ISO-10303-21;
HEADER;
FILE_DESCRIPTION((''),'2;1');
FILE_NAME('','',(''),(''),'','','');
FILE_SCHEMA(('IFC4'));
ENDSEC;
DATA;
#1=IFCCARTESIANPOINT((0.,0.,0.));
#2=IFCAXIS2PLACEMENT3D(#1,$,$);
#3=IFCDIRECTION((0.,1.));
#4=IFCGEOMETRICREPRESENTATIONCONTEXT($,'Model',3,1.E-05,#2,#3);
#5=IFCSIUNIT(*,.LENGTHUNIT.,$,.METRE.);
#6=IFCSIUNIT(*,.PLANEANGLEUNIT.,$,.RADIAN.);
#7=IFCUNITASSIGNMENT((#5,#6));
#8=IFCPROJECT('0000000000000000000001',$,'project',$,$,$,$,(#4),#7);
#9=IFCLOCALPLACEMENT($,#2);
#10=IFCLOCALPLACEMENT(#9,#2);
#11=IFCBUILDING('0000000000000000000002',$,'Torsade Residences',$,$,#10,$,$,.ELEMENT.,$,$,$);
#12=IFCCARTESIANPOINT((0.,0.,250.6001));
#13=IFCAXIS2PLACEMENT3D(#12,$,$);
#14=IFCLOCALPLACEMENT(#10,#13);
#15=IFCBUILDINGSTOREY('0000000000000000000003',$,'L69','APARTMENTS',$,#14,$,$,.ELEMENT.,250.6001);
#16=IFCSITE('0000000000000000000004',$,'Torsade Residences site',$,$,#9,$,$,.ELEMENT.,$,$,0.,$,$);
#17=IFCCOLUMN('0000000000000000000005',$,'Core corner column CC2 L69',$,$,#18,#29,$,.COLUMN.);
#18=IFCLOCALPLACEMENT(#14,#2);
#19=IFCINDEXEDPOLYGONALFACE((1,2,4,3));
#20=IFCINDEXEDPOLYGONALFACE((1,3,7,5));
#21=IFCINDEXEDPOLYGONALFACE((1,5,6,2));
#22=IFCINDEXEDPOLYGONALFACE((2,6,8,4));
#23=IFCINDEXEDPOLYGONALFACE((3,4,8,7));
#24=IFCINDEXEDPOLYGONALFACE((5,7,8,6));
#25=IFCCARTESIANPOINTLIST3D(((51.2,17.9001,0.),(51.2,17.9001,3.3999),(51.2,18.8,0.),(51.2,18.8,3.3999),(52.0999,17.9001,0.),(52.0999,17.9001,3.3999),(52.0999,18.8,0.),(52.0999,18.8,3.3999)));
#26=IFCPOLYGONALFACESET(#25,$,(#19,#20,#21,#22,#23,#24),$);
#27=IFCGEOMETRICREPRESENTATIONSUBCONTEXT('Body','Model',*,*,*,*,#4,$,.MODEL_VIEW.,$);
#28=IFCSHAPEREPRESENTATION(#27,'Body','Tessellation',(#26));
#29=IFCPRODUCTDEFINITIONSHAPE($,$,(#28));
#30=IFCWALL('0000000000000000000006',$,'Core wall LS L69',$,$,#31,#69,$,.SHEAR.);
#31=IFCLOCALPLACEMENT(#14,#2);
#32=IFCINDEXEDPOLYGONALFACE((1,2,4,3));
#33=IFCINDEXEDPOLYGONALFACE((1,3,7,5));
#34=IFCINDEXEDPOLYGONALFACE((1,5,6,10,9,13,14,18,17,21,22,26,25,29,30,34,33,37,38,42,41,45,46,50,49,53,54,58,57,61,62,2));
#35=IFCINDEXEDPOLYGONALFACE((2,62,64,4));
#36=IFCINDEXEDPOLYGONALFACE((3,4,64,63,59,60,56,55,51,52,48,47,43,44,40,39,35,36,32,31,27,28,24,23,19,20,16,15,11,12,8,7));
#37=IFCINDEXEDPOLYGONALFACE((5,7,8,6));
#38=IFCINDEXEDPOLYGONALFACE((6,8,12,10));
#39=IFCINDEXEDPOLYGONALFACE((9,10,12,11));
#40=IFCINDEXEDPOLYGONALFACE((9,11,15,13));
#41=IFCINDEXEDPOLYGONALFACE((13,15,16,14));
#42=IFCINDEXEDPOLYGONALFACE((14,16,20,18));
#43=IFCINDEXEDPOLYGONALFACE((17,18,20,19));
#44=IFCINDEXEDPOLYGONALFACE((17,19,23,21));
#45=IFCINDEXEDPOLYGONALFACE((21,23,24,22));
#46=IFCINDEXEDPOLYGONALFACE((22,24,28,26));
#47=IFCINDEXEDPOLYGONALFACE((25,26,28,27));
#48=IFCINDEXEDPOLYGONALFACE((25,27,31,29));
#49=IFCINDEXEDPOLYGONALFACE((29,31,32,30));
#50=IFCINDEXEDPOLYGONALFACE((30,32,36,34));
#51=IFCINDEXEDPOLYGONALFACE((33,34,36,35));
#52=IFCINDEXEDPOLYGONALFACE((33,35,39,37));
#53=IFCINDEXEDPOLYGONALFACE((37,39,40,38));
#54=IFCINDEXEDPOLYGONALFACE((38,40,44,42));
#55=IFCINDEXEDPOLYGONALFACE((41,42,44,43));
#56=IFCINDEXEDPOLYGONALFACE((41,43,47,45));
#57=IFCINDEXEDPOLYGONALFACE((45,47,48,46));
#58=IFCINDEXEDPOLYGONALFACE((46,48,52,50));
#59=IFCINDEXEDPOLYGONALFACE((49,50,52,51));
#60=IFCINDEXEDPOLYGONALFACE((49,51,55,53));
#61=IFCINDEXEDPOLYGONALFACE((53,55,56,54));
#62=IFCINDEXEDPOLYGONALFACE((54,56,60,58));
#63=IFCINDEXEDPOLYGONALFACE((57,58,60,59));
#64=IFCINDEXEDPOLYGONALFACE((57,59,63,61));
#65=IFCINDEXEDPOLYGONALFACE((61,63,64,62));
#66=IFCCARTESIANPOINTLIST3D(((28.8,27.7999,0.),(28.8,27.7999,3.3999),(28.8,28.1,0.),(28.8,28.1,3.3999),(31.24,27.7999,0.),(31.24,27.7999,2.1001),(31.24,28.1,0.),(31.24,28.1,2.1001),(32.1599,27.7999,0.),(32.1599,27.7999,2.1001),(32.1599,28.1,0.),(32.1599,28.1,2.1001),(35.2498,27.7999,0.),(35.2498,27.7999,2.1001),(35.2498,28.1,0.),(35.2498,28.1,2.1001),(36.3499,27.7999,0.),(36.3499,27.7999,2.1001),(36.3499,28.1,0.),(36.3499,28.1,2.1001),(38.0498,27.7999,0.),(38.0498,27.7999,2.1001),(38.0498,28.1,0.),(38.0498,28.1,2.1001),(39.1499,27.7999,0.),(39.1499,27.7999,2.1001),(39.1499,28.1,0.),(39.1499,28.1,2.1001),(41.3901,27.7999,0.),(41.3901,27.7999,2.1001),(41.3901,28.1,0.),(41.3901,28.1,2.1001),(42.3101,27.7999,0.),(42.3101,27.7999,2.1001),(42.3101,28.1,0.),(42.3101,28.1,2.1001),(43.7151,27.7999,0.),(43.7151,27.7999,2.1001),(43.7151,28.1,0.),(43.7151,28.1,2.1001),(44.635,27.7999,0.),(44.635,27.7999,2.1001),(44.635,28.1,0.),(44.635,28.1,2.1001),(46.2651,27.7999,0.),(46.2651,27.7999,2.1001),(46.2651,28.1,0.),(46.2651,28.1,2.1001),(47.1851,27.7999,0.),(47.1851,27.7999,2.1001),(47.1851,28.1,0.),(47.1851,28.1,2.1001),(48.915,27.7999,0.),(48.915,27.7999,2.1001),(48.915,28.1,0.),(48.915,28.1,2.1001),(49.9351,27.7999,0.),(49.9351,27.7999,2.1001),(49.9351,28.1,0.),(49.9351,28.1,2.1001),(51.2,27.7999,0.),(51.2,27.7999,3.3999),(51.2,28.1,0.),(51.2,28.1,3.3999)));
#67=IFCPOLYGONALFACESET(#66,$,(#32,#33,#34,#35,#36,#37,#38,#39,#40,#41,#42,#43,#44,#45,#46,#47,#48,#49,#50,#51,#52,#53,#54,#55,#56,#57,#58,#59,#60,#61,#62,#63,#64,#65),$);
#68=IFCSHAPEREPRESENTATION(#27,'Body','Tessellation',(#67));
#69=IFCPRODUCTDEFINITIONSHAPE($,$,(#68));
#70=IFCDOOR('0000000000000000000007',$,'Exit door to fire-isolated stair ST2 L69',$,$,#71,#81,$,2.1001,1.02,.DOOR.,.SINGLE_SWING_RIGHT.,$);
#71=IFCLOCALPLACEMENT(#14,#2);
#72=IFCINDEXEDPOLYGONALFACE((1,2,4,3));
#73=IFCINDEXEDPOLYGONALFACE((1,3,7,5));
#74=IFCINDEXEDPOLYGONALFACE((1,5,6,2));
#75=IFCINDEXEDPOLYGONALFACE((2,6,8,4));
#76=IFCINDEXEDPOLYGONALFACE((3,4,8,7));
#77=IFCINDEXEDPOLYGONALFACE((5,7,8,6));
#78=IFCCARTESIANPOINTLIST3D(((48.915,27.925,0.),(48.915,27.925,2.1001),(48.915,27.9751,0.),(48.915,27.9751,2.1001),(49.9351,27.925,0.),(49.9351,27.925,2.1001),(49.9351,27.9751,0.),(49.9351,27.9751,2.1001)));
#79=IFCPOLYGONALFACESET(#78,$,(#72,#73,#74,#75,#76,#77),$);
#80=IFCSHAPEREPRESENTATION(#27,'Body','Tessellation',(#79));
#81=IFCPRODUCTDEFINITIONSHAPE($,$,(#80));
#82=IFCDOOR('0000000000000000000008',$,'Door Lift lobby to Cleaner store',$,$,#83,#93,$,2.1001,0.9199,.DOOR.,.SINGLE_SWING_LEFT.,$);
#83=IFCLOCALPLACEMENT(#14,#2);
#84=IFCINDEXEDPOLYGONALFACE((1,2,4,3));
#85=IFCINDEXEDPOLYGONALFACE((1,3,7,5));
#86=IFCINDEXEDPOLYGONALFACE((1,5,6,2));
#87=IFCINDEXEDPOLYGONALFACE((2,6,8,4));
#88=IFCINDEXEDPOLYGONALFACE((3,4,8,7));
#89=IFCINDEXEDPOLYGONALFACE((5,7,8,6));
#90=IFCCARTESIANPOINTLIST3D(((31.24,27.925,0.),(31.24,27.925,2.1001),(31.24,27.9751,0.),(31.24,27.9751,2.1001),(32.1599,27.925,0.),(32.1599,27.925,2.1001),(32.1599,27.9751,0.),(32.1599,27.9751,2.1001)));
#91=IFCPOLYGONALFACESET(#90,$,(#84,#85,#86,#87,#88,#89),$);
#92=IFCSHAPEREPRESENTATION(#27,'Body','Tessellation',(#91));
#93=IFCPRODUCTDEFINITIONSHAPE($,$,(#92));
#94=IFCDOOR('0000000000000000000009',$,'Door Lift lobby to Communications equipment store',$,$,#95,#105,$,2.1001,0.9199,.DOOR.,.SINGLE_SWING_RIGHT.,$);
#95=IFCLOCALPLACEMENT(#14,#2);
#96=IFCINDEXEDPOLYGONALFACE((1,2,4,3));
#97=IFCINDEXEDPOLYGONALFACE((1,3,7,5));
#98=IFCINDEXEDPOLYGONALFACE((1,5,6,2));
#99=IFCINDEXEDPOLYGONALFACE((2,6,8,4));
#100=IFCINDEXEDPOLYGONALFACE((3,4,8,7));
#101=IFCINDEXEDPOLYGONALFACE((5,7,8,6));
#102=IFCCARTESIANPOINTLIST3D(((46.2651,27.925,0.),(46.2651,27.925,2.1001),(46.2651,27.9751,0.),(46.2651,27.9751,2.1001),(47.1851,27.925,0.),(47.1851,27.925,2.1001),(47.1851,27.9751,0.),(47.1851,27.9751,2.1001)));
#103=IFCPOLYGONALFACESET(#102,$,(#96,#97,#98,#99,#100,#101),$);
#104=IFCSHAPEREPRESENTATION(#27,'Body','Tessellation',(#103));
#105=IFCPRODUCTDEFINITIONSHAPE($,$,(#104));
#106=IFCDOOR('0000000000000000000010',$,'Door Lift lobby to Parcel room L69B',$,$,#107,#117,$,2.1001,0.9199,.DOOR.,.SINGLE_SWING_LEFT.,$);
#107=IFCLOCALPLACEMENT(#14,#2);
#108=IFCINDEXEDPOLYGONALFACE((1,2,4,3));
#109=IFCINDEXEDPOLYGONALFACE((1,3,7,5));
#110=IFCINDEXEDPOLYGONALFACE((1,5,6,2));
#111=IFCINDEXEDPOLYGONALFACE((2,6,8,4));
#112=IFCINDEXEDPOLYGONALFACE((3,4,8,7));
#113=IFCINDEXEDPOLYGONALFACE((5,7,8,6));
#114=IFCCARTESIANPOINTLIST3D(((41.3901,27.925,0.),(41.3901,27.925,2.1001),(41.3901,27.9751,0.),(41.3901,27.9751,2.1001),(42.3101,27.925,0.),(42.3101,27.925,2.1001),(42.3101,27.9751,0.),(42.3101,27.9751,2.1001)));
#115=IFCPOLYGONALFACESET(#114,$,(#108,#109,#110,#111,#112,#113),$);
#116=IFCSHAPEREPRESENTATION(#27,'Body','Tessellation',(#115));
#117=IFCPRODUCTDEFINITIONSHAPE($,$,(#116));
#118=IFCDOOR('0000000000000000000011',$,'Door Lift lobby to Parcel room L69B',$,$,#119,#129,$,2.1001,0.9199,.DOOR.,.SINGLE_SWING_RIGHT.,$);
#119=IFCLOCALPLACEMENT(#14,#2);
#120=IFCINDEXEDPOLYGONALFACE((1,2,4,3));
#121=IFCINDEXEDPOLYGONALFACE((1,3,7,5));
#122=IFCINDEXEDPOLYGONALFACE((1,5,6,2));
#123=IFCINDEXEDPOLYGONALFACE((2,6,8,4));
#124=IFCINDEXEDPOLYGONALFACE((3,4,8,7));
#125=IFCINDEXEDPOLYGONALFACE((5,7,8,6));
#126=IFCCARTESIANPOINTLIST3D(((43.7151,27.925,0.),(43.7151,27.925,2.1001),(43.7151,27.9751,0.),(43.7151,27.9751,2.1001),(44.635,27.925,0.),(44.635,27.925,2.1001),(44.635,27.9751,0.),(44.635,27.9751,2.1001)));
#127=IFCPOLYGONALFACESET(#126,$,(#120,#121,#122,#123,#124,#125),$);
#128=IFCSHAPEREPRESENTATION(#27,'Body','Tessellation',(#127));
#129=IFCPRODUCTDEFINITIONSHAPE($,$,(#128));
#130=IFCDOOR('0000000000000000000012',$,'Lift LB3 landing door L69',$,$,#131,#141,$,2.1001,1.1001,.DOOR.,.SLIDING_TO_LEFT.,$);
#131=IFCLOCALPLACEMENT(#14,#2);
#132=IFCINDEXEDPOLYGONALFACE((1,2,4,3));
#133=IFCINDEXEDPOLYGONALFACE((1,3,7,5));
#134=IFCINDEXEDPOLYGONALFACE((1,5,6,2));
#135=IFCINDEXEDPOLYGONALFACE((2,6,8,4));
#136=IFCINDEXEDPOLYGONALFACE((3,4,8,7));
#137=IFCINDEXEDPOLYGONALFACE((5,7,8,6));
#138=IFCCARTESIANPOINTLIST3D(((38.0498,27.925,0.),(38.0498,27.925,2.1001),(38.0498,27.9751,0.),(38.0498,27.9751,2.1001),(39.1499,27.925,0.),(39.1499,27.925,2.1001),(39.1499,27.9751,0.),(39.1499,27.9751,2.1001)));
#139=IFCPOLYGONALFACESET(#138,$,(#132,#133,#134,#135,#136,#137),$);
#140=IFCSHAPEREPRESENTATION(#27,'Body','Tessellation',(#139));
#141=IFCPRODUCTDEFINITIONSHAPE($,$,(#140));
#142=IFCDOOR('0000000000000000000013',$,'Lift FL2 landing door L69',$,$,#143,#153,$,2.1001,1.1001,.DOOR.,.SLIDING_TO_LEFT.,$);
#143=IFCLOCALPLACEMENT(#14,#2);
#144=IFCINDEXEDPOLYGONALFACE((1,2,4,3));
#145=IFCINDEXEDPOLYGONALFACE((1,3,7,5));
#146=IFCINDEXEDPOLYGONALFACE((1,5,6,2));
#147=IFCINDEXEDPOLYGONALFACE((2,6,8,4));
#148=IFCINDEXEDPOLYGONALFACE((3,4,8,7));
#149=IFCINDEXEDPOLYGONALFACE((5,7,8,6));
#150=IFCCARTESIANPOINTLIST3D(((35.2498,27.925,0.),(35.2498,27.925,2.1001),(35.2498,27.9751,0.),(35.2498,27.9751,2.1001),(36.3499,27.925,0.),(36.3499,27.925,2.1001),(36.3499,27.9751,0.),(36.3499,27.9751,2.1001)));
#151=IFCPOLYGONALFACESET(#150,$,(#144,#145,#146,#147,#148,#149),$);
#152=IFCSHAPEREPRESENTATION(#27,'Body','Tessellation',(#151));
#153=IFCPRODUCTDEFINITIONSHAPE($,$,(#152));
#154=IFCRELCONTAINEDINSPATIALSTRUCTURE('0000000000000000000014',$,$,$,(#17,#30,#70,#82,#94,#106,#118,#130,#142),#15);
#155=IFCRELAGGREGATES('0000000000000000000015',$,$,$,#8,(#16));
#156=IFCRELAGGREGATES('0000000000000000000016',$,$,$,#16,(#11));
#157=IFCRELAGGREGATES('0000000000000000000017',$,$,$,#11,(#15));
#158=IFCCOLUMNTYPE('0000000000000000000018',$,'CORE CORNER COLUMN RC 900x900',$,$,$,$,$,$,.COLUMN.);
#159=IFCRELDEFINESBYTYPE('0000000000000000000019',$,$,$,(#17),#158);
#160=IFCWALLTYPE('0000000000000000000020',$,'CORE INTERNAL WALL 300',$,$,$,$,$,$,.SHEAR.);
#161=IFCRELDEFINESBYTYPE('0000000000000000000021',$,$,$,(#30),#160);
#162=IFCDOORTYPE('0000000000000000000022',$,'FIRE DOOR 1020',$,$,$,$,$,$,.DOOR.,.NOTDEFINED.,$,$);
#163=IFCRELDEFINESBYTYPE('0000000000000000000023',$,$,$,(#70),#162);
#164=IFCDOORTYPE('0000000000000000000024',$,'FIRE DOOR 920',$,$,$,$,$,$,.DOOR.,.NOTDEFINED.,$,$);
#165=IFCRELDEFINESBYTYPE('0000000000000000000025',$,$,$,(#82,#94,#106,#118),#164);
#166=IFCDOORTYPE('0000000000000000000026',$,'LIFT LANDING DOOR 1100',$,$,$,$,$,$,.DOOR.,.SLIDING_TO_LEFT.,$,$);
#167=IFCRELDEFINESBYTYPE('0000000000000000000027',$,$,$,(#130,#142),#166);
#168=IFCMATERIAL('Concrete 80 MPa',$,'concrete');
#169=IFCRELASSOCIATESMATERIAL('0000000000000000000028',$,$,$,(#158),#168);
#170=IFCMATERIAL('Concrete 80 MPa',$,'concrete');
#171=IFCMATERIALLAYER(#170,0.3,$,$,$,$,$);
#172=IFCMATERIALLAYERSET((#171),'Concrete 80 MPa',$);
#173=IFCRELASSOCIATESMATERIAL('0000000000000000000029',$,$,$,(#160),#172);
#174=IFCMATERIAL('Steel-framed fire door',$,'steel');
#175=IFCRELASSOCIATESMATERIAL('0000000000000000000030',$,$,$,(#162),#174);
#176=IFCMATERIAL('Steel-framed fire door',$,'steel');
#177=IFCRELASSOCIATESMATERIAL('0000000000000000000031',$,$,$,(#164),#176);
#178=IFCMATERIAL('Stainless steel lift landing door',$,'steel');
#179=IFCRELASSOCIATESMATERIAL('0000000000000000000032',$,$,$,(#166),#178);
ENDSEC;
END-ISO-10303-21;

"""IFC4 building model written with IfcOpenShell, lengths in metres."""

from ifc_helpers import new_model, si_unit, direction, frame, frame_2d, origin, origin_2d, place, context, subcontext, project, spatial, rectangle, extrude, material, layer, layer_set, material_profile, profile_set, type_object, element, fill, save


model = new_model("IFC4")

# Units and contexts
model_context = context("Model", 3, precision=1e-05, world=origin(), true_north=direction((0.0, 1.0)))
body_context = subcontext(model_context, "Body", "Model", "MODEL_VIEW")
ifc_project = project(units=[si_unit("LENGTHUNIT", "METRE"), si_unit("PLANEANGLEUNIT", "RADIAN")], contexts=[model_context])

# Site, building, storey
site_placement = place(None, origin())
site = spatial("IfcSite", under=ifc_project, at=site_placement, Name="Torsade Residences site", CompositionType="ELEMENT", RefElevation=0.0)
building_placement = place(site_placement, origin())
building = spatial("IfcBuilding", under=site, at=building_placement, Name="Torsade Residences", CompositionType="ELEMENT")
storey_placement = place(building_placement, frame((0.0, 0.0, 250.6001)))
storey = spatial("IfcBuildingStorey", under=building, at=storey_placement, Name="L69", Description="APARTMENTS", CompositionType="ELEMENT", Elevation=250.6001)

# Column
ifc_material_1 = material(Name="Concrete 80 MPa", Category="concrete")
ifc_material_profile = material_profile(ifc_material_1, rectangle(XDim=0.8999, YDim=0.8999, at=origin_2d()), Name="RC 900x900")
ifc_profile_set = profile_set([ifc_material_profile], Name="Concrete 80 MPa")
column_type = type_object("IfcColumnType", Name="CORE CORNER COLUMN RC 900x900", PredefinedType="COLUMN", material=ifc_profile_set)
column_placement = place(storey_placement, frame((51.6499, 18.3501, 0.0), z_axis=(0.0, 0.0, 1.0), x_axis=(1.0, 0.0, 0.0)))
element("IfcColumn", 1, at=column_placement, inside=storey, type_object=column_type, Name="Core corner column CC2 L69", PredefinedType="COLUMN", context=body_context, shape_type="SweptSolid", body=[
    extrude(rectangle(XDim=0.8999, YDim=0.8999, at=origin_2d()), origin(), (0.0, 0.0, 1.0), 3.3999),
])

# Wall, openings, doors
ifc_material_2 = material(Name="Concrete 80 MPa", Category="concrete")
ifc_layer_1 = layer(ifc_material_2, 0.3)
ifc_layer_set_1 = layer_set([ifc_layer_1], Name="Concrete 80 MPa")
wall_type_1 = type_object("IfcWallType", Name="CORE INTERNAL WALL 300", PredefinedType="SHEAR", material=ifc_layer_set_1)
wall_1_placement = place(storey_placement, frame((51.2, 27.95, 0.0), z_axis=(0.0, 0.0, 1.0), x_axis=(-1.0, 0.0, 0.0)))
wall_1 = element("IfcWall", 2, at=wall_1_placement, inside=storey, type_object=wall_type_1, Name="Core wall LS L69", PredefinedType="SHEAR", context=body_context, shape_type="SweptSolid", body=[
    extrude(rectangle(XDim=22.3999, YDim=0.3, at=frame_2d((11.2, 0.0))), origin(), (0.0, 0.0, 1.0), 3.3999),
])
opening_1_placement = place(wall_1_placement, frame((19.04, 0.0, 0.0)))
opening_1 = element("IfcOpeningElement", 3, at=opening_1_placement, cuts=wall_1, PredefinedType="OPENING", context=body_context, shape_type="SweptSolid", body=[
    extrude(rectangle(XDim=0.9199, YDim=2.1001, at=frame_2d((0.46, 1.05))), frame((0.0, 0.1599, 0.0), z_axis=(0.0, -1.0, 0.0), x_axis=(1.0, 0.0, 0.0)), (0.0, 0.0, 1.0), 0.3201),
])
opening_2_placement = place(wall_1_placement, frame((1.2649, 0.0, 0.0)))
opening_2 = element("IfcOpeningElement", 4, at=opening_2_placement, cuts=wall_1, PredefinedType="OPENING", context=body_context, shape_type="SweptSolid", body=[
    extrude(rectangle(XDim=1.02, YDim=2.1001, at=frame_2d((0.51, 1.05))), frame((0.0, 0.1599, 0.0), z_axis=(0.0, -1.0, 0.0), x_axis=(1.0, 0.0, 0.0)), (0.0, 0.0, 1.0), 0.3201),
])
opening_3_placement = place(wall_1_placement, frame((4.0149, 0.0, 0.0)))
opening_3 = element("IfcOpeningElement", 5, at=opening_3_placement, cuts=wall_1, PredefinedType="OPENING", context=body_context, shape_type="SweptSolid", body=[
    extrude(rectangle(XDim=0.9199, YDim=2.1001, at=frame_2d((0.46, 1.05))), frame((0.0, 0.1599, 0.0), z_axis=(0.0, -1.0, 0.0), x_axis=(1.0, 0.0, 0.0)), (0.0, 0.0, 1.0), 0.3201),
])
opening_4_placement = place(wall_1_placement, frame((8.8899, 0.0, 0.0)))
opening_4 = element("IfcOpeningElement", 6, at=opening_4_placement, cuts=wall_1, PredefinedType="OPENING", context=body_context, shape_type="SweptSolid", body=[
    extrude(rectangle(XDim=0.9199, YDim=2.1001, at=frame_2d((0.46, 1.05))), frame((0.0, 0.1599, 0.0), z_axis=(0.0, -1.0, 0.0), x_axis=(1.0, 0.0, 0.0)), (0.0, 0.0, 1.0), 0.3201),
])
opening_5_placement = place(wall_1_placement, frame((6.5649, 0.0, 0.0)))
opening_5 = element("IfcOpeningElement", 7, at=opening_5_placement, cuts=wall_1, PredefinedType="OPENING", context=body_context, shape_type="SweptSolid", body=[
    extrude(rectangle(XDim=0.9199, YDim=2.1001, at=frame_2d((0.46, 1.05))), frame((0.0, 0.1599, 0.0), z_axis=(0.0, -1.0, 0.0), x_axis=(1.0, 0.0, 0.0)), (0.0, 0.0, 1.0), 0.3201),
])
opening_6_placement = place(wall_1_placement, frame((12.05, 0.0, 0.0)))
opening_6 = element("IfcOpeningElement", 8, at=opening_6_placement, cuts=wall_1, PredefinedType="OPENING", context=body_context, shape_type="SweptSolid", body=[
    extrude(rectangle(XDim=1.1001, YDim=2.1001, at=frame_2d((0.55, 1.05))), frame((0.0, 0.1599, 0.0), z_axis=(0.0, -1.0, 0.0), x_axis=(1.0, 0.0, 0.0)), (0.0, 0.0, 1.0), 0.3201),
])
opening_7_placement = place(wall_1_placement, frame((14.8501, 0.0, 0.0)))
opening_7 = element("IfcOpeningElement", 9, at=opening_7_placement, cuts=wall_1, PredefinedType="OPENING", context=body_context, shape_type="SweptSolid", body=[
    extrude(rectangle(XDim=1.1001, YDim=2.1001, at=frame_2d((0.55, 1.05))), frame((0.0, 0.1599, 0.0), z_axis=(0.0, -1.0, 0.0), x_axis=(1.0, 0.0, 0.0)), (0.0, 0.0, 1.0), 0.3201),
])
ifc_material_3 = material(Name="Steel-framed fire door", Category="steel")
door_type_1 = type_object("IfcDoorType", Name="FIRE DOOR 1020", OperationType="NOTDEFINED", PredefinedType="DOOR", material=ifc_material_3)
door_1_placement = place(opening_2_placement, origin())
door_1 = element("IfcDoor", 10, at=door_1_placement, inside=storey, type_object=door_type_1, Name="Exit door to fire-isolated stair ST2 L69", OperationType="SINGLE_SWING_RIGHT", OverallHeight=2.1001, OverallWidth=1.02, PredefinedType="DOOR", context=body_context, shape_type="SweptSolid", body=[
    extrude(rectangle(XDim=1.02, YDim=2.1001, at=frame_2d((0.51, 1.05))), frame((0.0, 0.0249, 0.0), z_axis=(0.0, -1.0, 0.0), x_axis=(1.0, 0.0, 0.0)), (0.0, 0.0, 1.0), 0.05),
])
fill(opening_2, door_1)
ifc_material_4 = material(Name="Steel-framed fire door", Category="steel")
door_type_2 = type_object("IfcDoorType", Name="FIRE DOOR 920", OperationType="NOTDEFINED", PredefinedType="DOOR", material=ifc_material_4)
door_2_placement = place(opening_1_placement, origin())
door_2 = element("IfcDoor", 11, at=door_2_placement, inside=storey, type_object=door_type_2, Name="Door Lift lobby to Cleaner store", OperationType="SINGLE_SWING_LEFT", OverallHeight=2.1001, OverallWidth=0.9199, PredefinedType="DOOR", context=body_context, shape_type="SweptSolid", body=[
    extrude(rectangle(XDim=0.9199, YDim=2.1001, at=frame_2d((0.46, 1.05))), frame((0.0, 0.0249, 0.0), z_axis=(0.0, -1.0, 0.0), x_axis=(1.0, 0.0, 0.0)), (0.0, 0.0, 1.0), 0.05),
])
fill(opening_1, door_2)
door_3_placement = place(opening_3_placement, origin())
door_3 = element("IfcDoor", 12, at=door_3_placement, inside=storey, type_object=door_type_2, Name="Door Lift lobby to Communications equipment store", OperationType="SINGLE_SWING_RIGHT", OverallHeight=2.1001, OverallWidth=0.9199, PredefinedType="DOOR", context=body_context, shape_type="SweptSolid", body=[
    extrude(rectangle(XDim=0.9199, YDim=2.1001, at=frame_2d((0.46, 1.05))), frame((0.0, 0.0249, 0.0), z_axis=(0.0, -1.0, 0.0), x_axis=(1.0, 0.0, 0.0)), (0.0, 0.0, 1.0), 0.05),
])
fill(opening_3, door_3)
door_4_placement = place(opening_4_placement, origin())
door_4 = element("IfcDoor", 13, at=door_4_placement, inside=storey, type_object=door_type_2, Name="Door Lift lobby to Parcel room L69B", OperationType="SINGLE_SWING_LEFT", OverallHeight=2.1001, OverallWidth=0.9199, PredefinedType="DOOR", context=body_context, shape_type="SweptSolid", body=[
    extrude(rectangle(XDim=0.9199, YDim=2.1001, at=frame_2d((0.46, 1.05))), frame((0.0, 0.0249, 0.0), z_axis=(0.0, -1.0, 0.0), x_axis=(1.0, 0.0, 0.0)), (0.0, 0.0, 1.0), 0.05),
])
fill(opening_4, door_4)
door_5_placement = place(opening_5_placement, origin())
door_5 = element("IfcDoor", 14, at=door_5_placement, inside=storey, type_object=door_type_2, Name="Door Lift lobby to Parcel room L69B", OperationType="SINGLE_SWING_RIGHT", OverallHeight=2.1001, OverallWidth=0.9199, PredefinedType="DOOR", context=body_context, shape_type="SweptSolid", body=[
    extrude(rectangle(XDim=0.9199, YDim=2.1001, at=frame_2d((0.46, 1.05))), frame((0.0, 0.0249, 0.0), z_axis=(0.0, -1.0, 0.0), x_axis=(1.0, 0.0, 0.0)), (0.0, 0.0, 1.0), 0.05),
])
fill(opening_5, door_5)
ifc_material_5 = material(Name="Stainless steel lift landing door", Category="steel")
door_type_3 = type_object("IfcDoorType", Name="LIFT LANDING DOOR 1100", OperationType="SLIDING_TO_LEFT", PredefinedType="DOOR", material=ifc_material_5)
door_6_placement = place(opening_6_placement, origin())
door_6 = element("IfcDoor", 15, at=door_6_placement, inside=storey, type_object=door_type_3, Name="Lift LB3 landing door L69", OperationType="SLIDING_TO_LEFT", OverallHeight=2.1001, OverallWidth=1.1001, PredefinedType="DOOR", context=body_context, shape_type="SweptSolid", body=[
    extrude(rectangle(XDim=1.1001, YDim=2.1001, at=frame_2d((0.55, 1.05))), frame((0.0, 0.0249, 0.0), z_axis=(0.0, -1.0, 0.0), x_axis=(1.0, 0.0, 0.0)), (0.0, 0.0, 1.0), 0.05),
])
fill(opening_6, door_6)
door_7_placement = place(opening_7_placement, origin())
door_7 = element("IfcDoor", 16, at=door_7_placement, inside=storey, type_object=door_type_3, Name="Lift FL2 landing door L69", OperationType="SLIDING_TO_LEFT", OverallHeight=2.1001, OverallWidth=1.1001, PredefinedType="DOOR", context=body_context, shape_type="SweptSolid", body=[
    extrude(rectangle(XDim=1.1001, YDim=2.1001, at=frame_2d((0.55, 1.05))), frame((0.0, 0.0249, 0.0), z_axis=(0.0, -1.0, 0.0), x_axis=(1.0, 0.0, 0.0)), (0.0, 0.0, 1.0), 0.05),
])
fill(opening_7, door_7)

save(model, "model.ifc")
